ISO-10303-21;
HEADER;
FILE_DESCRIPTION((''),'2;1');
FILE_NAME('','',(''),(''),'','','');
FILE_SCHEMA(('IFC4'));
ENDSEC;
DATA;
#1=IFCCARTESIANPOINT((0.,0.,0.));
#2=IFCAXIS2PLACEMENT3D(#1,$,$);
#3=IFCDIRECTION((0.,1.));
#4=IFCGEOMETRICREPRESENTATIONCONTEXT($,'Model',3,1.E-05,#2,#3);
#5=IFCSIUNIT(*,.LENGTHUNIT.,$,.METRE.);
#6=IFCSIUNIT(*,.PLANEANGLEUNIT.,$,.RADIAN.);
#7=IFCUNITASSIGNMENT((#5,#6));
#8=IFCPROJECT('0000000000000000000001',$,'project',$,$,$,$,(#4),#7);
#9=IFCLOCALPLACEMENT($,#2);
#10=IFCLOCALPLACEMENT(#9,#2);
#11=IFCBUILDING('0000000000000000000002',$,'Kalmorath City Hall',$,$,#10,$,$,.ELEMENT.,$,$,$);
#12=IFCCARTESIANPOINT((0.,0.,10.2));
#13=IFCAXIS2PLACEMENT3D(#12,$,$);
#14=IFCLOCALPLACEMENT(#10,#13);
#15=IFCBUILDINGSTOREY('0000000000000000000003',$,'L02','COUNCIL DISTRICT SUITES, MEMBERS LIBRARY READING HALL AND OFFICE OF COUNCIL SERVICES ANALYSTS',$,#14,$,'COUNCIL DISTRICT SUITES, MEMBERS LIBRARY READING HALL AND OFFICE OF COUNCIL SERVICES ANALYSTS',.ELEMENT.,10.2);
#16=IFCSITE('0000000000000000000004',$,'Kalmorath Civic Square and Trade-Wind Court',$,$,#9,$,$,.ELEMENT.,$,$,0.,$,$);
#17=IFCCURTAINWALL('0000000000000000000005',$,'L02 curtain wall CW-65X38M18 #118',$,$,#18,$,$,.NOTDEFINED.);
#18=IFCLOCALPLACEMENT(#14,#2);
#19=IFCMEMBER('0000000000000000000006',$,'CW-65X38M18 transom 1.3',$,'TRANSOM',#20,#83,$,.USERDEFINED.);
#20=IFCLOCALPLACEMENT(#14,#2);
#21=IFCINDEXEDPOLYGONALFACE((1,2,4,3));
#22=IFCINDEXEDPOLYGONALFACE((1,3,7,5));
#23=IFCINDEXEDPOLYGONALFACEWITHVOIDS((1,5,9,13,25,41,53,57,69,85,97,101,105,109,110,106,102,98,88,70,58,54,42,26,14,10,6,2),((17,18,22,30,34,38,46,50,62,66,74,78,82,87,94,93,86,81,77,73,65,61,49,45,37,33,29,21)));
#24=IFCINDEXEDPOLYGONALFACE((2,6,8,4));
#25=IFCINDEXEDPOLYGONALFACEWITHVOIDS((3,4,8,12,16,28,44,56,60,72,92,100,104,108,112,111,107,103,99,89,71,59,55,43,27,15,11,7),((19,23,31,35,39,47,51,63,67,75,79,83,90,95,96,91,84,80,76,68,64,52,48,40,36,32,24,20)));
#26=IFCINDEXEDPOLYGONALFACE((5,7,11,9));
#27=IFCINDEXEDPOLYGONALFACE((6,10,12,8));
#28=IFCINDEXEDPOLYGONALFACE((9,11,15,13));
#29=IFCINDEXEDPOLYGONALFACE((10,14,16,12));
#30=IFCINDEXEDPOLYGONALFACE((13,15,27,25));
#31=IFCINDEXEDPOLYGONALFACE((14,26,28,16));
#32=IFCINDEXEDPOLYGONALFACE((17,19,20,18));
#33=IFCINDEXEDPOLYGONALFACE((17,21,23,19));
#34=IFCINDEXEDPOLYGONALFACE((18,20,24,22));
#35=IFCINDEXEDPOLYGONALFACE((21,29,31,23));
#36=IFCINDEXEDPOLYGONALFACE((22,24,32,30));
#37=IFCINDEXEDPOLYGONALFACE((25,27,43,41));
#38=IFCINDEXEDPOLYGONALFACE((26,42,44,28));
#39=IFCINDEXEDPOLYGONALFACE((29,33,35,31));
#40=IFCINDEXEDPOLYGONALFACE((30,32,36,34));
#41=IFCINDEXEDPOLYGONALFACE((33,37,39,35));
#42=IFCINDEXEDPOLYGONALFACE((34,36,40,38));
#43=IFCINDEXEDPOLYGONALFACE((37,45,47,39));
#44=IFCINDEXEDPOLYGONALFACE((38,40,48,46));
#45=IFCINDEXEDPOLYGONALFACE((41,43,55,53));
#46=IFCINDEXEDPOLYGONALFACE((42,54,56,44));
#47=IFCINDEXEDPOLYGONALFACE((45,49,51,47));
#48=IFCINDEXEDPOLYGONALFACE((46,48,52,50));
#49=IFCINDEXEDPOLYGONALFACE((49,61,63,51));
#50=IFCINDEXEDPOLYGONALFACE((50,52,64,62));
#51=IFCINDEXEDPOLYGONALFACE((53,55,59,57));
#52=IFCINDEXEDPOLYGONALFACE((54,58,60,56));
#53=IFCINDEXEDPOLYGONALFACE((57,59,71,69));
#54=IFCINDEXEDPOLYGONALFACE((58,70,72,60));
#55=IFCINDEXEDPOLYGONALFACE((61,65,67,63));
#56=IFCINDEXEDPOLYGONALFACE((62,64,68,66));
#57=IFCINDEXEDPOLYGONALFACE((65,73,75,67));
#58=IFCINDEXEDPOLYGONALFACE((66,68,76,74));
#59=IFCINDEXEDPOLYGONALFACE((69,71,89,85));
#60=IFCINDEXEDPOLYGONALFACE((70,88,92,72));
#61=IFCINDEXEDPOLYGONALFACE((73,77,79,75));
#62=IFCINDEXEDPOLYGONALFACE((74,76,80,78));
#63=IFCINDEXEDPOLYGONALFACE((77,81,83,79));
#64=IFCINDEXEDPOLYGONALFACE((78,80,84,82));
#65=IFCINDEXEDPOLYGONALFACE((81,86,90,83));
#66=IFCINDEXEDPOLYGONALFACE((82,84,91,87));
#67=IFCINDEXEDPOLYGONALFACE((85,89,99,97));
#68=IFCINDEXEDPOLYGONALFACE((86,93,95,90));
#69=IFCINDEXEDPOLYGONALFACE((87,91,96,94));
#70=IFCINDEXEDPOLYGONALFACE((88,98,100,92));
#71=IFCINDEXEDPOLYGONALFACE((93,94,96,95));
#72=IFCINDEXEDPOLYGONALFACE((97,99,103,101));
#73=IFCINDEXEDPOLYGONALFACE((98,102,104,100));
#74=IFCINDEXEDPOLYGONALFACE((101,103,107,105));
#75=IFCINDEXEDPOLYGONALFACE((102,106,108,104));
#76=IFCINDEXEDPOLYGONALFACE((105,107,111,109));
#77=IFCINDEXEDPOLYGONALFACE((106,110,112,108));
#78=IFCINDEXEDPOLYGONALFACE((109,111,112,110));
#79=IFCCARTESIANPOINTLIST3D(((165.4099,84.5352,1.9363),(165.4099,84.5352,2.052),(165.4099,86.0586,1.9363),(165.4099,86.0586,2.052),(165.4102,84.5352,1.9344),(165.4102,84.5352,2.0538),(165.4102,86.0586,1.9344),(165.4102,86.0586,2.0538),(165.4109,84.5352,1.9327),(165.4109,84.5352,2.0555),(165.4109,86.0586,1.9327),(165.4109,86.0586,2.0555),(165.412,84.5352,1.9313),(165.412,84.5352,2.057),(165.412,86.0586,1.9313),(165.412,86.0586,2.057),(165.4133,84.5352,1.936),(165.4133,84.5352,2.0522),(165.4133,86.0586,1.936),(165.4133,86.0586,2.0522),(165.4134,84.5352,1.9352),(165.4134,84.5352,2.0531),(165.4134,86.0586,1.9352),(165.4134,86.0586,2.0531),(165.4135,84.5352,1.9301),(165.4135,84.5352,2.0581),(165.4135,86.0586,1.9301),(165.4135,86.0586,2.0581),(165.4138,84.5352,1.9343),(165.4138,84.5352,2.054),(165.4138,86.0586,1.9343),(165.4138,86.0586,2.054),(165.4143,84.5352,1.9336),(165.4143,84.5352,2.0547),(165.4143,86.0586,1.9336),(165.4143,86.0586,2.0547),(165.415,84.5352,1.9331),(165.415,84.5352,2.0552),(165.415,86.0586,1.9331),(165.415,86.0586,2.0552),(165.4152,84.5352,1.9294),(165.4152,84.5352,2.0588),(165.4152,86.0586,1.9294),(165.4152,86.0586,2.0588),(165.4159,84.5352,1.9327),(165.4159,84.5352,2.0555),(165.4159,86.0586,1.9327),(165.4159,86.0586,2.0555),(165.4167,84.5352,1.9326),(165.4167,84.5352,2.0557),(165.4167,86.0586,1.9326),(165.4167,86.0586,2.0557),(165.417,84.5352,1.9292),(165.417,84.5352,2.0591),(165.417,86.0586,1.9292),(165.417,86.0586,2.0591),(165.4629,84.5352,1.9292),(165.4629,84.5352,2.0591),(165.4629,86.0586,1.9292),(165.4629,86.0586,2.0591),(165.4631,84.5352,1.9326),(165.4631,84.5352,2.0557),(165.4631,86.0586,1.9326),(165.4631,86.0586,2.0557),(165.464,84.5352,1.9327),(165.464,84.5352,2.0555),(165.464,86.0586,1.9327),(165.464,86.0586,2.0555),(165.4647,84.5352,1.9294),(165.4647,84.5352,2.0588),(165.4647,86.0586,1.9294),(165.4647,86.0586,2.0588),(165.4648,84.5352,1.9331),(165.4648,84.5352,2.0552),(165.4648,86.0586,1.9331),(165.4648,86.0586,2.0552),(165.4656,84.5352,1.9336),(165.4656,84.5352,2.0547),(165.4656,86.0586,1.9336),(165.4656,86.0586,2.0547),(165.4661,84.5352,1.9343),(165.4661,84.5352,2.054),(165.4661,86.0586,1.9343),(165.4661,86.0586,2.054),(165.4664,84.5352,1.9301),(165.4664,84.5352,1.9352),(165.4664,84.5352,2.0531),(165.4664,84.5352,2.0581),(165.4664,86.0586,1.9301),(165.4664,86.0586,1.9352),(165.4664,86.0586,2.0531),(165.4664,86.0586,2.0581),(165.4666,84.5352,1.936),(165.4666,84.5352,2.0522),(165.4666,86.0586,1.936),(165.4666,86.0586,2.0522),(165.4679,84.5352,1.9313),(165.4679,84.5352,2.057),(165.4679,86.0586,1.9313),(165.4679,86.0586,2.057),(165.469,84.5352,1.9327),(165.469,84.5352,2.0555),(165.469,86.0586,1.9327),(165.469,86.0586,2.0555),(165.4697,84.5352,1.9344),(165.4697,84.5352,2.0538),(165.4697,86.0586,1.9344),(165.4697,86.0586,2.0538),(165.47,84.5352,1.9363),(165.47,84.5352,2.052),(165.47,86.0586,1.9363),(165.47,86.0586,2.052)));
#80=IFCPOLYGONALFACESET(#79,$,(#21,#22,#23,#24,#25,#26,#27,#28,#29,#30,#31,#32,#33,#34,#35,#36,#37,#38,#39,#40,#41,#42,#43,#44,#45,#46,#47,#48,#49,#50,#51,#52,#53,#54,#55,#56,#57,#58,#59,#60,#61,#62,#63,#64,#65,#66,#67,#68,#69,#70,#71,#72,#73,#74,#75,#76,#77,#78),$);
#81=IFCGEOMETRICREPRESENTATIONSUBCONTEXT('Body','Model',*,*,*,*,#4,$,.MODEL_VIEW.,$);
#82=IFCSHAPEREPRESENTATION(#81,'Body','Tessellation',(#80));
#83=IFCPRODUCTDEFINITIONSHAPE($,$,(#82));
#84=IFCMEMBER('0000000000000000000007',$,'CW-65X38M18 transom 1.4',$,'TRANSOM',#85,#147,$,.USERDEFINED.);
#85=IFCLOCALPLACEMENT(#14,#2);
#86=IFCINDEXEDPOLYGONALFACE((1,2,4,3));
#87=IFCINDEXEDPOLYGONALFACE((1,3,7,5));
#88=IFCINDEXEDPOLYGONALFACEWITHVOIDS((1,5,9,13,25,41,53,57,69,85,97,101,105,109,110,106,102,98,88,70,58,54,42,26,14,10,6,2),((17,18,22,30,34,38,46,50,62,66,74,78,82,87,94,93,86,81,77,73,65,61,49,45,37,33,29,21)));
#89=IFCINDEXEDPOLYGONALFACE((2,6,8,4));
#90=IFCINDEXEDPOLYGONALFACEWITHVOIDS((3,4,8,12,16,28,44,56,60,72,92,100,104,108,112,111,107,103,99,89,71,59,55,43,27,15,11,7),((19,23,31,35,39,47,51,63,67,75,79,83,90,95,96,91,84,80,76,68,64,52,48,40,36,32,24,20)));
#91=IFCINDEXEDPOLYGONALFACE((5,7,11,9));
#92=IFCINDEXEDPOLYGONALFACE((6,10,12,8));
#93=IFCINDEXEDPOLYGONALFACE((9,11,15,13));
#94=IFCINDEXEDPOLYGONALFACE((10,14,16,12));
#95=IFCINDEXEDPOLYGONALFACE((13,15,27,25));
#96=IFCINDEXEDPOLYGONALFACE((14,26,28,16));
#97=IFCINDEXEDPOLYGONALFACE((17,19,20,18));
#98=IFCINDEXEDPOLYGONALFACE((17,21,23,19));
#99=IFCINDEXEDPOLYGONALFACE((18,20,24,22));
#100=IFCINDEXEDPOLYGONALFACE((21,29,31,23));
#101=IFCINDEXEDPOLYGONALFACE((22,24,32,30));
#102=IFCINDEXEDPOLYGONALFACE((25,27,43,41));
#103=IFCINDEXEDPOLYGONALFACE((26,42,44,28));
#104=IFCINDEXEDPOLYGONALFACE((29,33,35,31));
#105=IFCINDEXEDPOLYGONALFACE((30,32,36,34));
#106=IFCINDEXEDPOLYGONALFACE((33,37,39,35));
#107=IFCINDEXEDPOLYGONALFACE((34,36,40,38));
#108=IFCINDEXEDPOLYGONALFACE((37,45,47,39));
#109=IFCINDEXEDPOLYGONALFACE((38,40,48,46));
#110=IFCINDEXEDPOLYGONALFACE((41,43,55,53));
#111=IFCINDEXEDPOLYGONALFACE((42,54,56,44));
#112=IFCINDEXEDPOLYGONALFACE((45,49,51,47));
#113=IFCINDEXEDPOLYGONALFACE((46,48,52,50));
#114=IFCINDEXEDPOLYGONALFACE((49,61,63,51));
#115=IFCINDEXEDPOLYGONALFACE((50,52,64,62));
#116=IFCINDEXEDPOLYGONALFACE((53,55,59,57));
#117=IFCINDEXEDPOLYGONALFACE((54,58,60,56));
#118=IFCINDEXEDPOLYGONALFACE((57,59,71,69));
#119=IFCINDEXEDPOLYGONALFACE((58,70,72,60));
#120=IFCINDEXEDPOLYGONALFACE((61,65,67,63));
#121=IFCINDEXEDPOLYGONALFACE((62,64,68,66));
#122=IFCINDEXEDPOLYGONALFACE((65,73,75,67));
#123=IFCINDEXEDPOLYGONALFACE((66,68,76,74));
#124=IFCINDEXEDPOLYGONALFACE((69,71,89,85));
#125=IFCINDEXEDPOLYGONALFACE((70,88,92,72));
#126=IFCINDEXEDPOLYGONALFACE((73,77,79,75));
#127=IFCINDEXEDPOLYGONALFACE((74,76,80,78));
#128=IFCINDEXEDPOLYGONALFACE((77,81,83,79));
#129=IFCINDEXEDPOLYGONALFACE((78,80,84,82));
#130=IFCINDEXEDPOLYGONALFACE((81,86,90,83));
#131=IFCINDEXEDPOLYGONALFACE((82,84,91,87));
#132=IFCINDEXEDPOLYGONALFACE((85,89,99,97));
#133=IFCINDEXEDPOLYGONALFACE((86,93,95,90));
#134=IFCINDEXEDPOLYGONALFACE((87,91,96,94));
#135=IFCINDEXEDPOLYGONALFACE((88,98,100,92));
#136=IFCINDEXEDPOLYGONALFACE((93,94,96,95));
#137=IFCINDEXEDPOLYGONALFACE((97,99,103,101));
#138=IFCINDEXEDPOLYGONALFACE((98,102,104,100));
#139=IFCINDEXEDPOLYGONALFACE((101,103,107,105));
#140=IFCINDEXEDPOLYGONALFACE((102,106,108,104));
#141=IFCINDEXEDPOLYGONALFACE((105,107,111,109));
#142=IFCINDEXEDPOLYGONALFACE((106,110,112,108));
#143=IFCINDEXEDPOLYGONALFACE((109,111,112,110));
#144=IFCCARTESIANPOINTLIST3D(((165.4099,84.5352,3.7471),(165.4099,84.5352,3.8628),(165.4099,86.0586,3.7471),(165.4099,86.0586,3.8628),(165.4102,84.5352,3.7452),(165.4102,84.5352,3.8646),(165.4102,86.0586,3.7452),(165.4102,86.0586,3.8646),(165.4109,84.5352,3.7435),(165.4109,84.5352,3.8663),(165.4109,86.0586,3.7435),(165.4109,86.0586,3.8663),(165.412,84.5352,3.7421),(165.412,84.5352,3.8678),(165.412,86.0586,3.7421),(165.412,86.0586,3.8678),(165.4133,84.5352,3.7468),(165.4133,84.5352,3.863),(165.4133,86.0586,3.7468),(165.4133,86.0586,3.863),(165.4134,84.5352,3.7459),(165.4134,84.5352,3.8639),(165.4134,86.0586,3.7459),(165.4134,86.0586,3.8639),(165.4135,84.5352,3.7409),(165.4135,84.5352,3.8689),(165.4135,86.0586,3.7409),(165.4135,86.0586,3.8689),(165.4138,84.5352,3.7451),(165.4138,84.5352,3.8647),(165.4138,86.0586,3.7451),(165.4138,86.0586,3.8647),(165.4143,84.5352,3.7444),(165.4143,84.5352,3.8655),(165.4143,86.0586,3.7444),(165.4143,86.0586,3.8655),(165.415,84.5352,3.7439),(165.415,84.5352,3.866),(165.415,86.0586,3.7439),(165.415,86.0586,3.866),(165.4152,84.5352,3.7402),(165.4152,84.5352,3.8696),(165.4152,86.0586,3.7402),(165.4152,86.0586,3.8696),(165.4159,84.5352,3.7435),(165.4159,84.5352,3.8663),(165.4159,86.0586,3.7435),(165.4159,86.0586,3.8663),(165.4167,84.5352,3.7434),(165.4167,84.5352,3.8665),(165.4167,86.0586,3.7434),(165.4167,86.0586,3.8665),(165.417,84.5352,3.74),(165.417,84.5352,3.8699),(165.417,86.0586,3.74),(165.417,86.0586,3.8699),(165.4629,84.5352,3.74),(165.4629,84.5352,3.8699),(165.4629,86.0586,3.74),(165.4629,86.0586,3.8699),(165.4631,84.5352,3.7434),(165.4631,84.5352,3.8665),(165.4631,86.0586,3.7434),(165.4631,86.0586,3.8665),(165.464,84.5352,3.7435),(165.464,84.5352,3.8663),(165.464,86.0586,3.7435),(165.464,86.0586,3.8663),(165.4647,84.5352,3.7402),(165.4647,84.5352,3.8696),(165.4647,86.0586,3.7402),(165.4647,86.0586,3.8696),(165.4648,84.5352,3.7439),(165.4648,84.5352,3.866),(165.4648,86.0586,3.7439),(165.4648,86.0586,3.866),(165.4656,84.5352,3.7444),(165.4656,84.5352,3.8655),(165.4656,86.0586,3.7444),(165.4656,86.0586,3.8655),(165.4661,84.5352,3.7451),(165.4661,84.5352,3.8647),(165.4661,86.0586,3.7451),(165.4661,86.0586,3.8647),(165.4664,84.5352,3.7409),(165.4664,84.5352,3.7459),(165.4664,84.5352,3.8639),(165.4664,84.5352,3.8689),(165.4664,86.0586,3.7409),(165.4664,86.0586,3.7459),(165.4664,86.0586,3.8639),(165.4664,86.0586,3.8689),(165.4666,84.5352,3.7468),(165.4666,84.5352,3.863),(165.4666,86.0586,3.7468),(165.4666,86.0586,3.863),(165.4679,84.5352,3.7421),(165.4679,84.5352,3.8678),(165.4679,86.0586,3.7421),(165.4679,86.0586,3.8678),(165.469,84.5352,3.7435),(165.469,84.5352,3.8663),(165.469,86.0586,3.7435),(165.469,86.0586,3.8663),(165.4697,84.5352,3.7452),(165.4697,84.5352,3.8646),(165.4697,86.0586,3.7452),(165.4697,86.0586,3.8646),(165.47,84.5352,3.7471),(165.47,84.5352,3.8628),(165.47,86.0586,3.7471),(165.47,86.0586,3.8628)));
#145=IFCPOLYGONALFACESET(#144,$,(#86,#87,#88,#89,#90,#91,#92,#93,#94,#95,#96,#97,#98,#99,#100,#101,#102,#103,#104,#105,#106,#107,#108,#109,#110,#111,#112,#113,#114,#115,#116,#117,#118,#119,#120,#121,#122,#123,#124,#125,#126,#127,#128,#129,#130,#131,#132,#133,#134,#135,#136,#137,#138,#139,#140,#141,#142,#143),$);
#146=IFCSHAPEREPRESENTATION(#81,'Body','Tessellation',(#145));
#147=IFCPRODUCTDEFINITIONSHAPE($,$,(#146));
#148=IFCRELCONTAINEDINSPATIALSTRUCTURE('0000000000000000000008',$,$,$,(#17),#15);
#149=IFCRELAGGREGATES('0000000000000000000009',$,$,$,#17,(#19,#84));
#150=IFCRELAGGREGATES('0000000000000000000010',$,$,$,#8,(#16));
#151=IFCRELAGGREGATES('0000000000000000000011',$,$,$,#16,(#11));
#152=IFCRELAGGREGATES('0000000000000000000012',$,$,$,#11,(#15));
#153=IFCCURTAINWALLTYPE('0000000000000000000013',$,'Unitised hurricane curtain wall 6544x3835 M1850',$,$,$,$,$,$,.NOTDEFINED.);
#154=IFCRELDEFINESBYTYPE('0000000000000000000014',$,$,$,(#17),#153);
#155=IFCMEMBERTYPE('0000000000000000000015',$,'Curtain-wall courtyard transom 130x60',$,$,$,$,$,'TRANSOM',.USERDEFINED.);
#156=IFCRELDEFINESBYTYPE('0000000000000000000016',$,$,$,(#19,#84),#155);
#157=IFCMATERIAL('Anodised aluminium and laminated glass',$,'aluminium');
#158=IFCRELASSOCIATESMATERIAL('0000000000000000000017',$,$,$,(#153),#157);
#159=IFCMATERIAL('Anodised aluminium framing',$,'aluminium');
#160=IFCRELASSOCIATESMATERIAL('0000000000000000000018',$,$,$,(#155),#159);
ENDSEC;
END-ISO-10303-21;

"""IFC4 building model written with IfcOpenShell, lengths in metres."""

from ifc_helpers import new_model, si_unit, direction, frame, origin, origin_2d, place, context, subcontext, project, spatial, hollow_rectangle, extrude, material, material_profile, profile_set, type_object, element, aggregate, save


model = new_model("IFC4")

# Units and contexts
model_context = context("Model", 3, precision=1e-05, world=origin(), true_north=direction((0.0, 1.0)))
body_context = subcontext(model_context, "Body", "Model", "MODEL_VIEW")
ifc_project = project(units=[si_unit("LENGTHUNIT", "METRE"), si_unit("PLANEANGLEUNIT", "RADIAN")], contexts=[model_context])

# Site, building, storey
site_placement = place(None, origin())
site = spatial("IfcSite", under=ifc_project, at=site_placement, Name="Kalmorath Civic Square and Trade-Wind Court", CompositionType="ELEMENT", RefElevation=0.0)
building_placement = place(site_placement, origin())
building = spatial("IfcBuilding", under=site, at=building_placement, Name="Kalmorath City Hall", CompositionType="ELEMENT")
storey_placement = place(building_placement, frame((0.0, 0.0, 10.2)))
storey = spatial("IfcBuildingStorey", under=building, at=storey_placement, Name="L02", Description="COUNCIL DISTRICT SUITES, MEMBERS LIBRARY READING HALL AND OFFICE OF COUNCIL SERVICES ANALYSTS", LongName="COUNCIL DISTRICT SUITES, MEMBERS LIBRARY READING HALL AND OFFICE OF COUNCIL SERVICES ANALYSTS", CompositionType="ELEMENT", Elevation=10.2)

# Curtain wall, members
ifc_material_1 = material(Name="Anodised aluminium and laminated glass", Category="aluminium")
curtain_wall_type = type_object("IfcCurtainWallType", Name="Unitised hurricane curtain wall 6544x3835 M1850", PredefinedType="NOTDEFINED", material=ifc_material_1)
curtain_wall_placement = place(storey_placement, origin())
curtain_wall = element("IfcCurtainWall", 1, at=curtain_wall_placement, inside=storey, type_object=curtain_wall_type, Name="L02 curtain wall CW-65X38M18 #118", PredefinedType="NOTDEFINED")
ifc_material_2 = material(Name="Anodised aluminium framing", Category="aluminium")
ifc_material_profile_1 = material_profile(ifc_material_2, hollow_rectangle(XDim=0.0601, YDim=0.1299, WallThickness=0.0034, InnerFilletRadius=0.0034, OuterFilletRadius=0.0071, at=origin_2d()), Name="ALU-TRN-130X60X3.5")
ifc_profile_set_1 = profile_set([ifc_material_profile_1], Name="Anodised aluminium framing")
member_type_1 = type_object("IfcMemberType", Name="Curtain-wall courtyard transom 130x60", ElementType="TRANSOM", PredefinedType="USERDEFINED", material=ifc_profile_set_1)
member_1_placement = place(storey_placement, frame((165.4399, 86.0586, 1.9941), z_axis=(0.0, -1.0, 0.0), x_axis=(1.0, 0.0, 0.0)))
member_1 = element("IfcMember", 2, at=member_1_placement, type_object=member_type_1, Name="CW-65X38M18 transom 1.3", ObjectType="TRANSOM", PredefinedType="USERDEFINED", context=body_context, shape_type="SweptSolid", body=[
    extrude(hollow_rectangle(XDim=0.0601, YDim=0.1299, WallThickness=0.0034, InnerFilletRadius=0.0034, OuterFilletRadius=0.0071, at=origin_2d()), origin(), (0.0, 0.0, 1.0), 1.5234),
])
member_2_placement = place(storey_placement, frame((165.4399, 86.0586, 3.8049), z_axis=(0.0, -1.0, 0.0), x_axis=(1.0, 0.0, 0.0)))
member_2 = element("IfcMember", 3, at=member_2_placement, type_object=member_type_1, Name="CW-65X38M18 transom 1.4", ObjectType="TRANSOM", PredefinedType="USERDEFINED", context=body_context, shape_type="SweptSolid", body=[
    extrude(hollow_rectangle(XDim=0.0601, YDim=0.1299, WallThickness=0.0034, InnerFilletRadius=0.0034, OuterFilletRadius=0.0071, at=origin_2d()), origin(), (0.0, 0.0, 1.0), 1.5234),
])

aggregate(curtain_wall, [member_1, member_2])

save(model, "model.ifc")
